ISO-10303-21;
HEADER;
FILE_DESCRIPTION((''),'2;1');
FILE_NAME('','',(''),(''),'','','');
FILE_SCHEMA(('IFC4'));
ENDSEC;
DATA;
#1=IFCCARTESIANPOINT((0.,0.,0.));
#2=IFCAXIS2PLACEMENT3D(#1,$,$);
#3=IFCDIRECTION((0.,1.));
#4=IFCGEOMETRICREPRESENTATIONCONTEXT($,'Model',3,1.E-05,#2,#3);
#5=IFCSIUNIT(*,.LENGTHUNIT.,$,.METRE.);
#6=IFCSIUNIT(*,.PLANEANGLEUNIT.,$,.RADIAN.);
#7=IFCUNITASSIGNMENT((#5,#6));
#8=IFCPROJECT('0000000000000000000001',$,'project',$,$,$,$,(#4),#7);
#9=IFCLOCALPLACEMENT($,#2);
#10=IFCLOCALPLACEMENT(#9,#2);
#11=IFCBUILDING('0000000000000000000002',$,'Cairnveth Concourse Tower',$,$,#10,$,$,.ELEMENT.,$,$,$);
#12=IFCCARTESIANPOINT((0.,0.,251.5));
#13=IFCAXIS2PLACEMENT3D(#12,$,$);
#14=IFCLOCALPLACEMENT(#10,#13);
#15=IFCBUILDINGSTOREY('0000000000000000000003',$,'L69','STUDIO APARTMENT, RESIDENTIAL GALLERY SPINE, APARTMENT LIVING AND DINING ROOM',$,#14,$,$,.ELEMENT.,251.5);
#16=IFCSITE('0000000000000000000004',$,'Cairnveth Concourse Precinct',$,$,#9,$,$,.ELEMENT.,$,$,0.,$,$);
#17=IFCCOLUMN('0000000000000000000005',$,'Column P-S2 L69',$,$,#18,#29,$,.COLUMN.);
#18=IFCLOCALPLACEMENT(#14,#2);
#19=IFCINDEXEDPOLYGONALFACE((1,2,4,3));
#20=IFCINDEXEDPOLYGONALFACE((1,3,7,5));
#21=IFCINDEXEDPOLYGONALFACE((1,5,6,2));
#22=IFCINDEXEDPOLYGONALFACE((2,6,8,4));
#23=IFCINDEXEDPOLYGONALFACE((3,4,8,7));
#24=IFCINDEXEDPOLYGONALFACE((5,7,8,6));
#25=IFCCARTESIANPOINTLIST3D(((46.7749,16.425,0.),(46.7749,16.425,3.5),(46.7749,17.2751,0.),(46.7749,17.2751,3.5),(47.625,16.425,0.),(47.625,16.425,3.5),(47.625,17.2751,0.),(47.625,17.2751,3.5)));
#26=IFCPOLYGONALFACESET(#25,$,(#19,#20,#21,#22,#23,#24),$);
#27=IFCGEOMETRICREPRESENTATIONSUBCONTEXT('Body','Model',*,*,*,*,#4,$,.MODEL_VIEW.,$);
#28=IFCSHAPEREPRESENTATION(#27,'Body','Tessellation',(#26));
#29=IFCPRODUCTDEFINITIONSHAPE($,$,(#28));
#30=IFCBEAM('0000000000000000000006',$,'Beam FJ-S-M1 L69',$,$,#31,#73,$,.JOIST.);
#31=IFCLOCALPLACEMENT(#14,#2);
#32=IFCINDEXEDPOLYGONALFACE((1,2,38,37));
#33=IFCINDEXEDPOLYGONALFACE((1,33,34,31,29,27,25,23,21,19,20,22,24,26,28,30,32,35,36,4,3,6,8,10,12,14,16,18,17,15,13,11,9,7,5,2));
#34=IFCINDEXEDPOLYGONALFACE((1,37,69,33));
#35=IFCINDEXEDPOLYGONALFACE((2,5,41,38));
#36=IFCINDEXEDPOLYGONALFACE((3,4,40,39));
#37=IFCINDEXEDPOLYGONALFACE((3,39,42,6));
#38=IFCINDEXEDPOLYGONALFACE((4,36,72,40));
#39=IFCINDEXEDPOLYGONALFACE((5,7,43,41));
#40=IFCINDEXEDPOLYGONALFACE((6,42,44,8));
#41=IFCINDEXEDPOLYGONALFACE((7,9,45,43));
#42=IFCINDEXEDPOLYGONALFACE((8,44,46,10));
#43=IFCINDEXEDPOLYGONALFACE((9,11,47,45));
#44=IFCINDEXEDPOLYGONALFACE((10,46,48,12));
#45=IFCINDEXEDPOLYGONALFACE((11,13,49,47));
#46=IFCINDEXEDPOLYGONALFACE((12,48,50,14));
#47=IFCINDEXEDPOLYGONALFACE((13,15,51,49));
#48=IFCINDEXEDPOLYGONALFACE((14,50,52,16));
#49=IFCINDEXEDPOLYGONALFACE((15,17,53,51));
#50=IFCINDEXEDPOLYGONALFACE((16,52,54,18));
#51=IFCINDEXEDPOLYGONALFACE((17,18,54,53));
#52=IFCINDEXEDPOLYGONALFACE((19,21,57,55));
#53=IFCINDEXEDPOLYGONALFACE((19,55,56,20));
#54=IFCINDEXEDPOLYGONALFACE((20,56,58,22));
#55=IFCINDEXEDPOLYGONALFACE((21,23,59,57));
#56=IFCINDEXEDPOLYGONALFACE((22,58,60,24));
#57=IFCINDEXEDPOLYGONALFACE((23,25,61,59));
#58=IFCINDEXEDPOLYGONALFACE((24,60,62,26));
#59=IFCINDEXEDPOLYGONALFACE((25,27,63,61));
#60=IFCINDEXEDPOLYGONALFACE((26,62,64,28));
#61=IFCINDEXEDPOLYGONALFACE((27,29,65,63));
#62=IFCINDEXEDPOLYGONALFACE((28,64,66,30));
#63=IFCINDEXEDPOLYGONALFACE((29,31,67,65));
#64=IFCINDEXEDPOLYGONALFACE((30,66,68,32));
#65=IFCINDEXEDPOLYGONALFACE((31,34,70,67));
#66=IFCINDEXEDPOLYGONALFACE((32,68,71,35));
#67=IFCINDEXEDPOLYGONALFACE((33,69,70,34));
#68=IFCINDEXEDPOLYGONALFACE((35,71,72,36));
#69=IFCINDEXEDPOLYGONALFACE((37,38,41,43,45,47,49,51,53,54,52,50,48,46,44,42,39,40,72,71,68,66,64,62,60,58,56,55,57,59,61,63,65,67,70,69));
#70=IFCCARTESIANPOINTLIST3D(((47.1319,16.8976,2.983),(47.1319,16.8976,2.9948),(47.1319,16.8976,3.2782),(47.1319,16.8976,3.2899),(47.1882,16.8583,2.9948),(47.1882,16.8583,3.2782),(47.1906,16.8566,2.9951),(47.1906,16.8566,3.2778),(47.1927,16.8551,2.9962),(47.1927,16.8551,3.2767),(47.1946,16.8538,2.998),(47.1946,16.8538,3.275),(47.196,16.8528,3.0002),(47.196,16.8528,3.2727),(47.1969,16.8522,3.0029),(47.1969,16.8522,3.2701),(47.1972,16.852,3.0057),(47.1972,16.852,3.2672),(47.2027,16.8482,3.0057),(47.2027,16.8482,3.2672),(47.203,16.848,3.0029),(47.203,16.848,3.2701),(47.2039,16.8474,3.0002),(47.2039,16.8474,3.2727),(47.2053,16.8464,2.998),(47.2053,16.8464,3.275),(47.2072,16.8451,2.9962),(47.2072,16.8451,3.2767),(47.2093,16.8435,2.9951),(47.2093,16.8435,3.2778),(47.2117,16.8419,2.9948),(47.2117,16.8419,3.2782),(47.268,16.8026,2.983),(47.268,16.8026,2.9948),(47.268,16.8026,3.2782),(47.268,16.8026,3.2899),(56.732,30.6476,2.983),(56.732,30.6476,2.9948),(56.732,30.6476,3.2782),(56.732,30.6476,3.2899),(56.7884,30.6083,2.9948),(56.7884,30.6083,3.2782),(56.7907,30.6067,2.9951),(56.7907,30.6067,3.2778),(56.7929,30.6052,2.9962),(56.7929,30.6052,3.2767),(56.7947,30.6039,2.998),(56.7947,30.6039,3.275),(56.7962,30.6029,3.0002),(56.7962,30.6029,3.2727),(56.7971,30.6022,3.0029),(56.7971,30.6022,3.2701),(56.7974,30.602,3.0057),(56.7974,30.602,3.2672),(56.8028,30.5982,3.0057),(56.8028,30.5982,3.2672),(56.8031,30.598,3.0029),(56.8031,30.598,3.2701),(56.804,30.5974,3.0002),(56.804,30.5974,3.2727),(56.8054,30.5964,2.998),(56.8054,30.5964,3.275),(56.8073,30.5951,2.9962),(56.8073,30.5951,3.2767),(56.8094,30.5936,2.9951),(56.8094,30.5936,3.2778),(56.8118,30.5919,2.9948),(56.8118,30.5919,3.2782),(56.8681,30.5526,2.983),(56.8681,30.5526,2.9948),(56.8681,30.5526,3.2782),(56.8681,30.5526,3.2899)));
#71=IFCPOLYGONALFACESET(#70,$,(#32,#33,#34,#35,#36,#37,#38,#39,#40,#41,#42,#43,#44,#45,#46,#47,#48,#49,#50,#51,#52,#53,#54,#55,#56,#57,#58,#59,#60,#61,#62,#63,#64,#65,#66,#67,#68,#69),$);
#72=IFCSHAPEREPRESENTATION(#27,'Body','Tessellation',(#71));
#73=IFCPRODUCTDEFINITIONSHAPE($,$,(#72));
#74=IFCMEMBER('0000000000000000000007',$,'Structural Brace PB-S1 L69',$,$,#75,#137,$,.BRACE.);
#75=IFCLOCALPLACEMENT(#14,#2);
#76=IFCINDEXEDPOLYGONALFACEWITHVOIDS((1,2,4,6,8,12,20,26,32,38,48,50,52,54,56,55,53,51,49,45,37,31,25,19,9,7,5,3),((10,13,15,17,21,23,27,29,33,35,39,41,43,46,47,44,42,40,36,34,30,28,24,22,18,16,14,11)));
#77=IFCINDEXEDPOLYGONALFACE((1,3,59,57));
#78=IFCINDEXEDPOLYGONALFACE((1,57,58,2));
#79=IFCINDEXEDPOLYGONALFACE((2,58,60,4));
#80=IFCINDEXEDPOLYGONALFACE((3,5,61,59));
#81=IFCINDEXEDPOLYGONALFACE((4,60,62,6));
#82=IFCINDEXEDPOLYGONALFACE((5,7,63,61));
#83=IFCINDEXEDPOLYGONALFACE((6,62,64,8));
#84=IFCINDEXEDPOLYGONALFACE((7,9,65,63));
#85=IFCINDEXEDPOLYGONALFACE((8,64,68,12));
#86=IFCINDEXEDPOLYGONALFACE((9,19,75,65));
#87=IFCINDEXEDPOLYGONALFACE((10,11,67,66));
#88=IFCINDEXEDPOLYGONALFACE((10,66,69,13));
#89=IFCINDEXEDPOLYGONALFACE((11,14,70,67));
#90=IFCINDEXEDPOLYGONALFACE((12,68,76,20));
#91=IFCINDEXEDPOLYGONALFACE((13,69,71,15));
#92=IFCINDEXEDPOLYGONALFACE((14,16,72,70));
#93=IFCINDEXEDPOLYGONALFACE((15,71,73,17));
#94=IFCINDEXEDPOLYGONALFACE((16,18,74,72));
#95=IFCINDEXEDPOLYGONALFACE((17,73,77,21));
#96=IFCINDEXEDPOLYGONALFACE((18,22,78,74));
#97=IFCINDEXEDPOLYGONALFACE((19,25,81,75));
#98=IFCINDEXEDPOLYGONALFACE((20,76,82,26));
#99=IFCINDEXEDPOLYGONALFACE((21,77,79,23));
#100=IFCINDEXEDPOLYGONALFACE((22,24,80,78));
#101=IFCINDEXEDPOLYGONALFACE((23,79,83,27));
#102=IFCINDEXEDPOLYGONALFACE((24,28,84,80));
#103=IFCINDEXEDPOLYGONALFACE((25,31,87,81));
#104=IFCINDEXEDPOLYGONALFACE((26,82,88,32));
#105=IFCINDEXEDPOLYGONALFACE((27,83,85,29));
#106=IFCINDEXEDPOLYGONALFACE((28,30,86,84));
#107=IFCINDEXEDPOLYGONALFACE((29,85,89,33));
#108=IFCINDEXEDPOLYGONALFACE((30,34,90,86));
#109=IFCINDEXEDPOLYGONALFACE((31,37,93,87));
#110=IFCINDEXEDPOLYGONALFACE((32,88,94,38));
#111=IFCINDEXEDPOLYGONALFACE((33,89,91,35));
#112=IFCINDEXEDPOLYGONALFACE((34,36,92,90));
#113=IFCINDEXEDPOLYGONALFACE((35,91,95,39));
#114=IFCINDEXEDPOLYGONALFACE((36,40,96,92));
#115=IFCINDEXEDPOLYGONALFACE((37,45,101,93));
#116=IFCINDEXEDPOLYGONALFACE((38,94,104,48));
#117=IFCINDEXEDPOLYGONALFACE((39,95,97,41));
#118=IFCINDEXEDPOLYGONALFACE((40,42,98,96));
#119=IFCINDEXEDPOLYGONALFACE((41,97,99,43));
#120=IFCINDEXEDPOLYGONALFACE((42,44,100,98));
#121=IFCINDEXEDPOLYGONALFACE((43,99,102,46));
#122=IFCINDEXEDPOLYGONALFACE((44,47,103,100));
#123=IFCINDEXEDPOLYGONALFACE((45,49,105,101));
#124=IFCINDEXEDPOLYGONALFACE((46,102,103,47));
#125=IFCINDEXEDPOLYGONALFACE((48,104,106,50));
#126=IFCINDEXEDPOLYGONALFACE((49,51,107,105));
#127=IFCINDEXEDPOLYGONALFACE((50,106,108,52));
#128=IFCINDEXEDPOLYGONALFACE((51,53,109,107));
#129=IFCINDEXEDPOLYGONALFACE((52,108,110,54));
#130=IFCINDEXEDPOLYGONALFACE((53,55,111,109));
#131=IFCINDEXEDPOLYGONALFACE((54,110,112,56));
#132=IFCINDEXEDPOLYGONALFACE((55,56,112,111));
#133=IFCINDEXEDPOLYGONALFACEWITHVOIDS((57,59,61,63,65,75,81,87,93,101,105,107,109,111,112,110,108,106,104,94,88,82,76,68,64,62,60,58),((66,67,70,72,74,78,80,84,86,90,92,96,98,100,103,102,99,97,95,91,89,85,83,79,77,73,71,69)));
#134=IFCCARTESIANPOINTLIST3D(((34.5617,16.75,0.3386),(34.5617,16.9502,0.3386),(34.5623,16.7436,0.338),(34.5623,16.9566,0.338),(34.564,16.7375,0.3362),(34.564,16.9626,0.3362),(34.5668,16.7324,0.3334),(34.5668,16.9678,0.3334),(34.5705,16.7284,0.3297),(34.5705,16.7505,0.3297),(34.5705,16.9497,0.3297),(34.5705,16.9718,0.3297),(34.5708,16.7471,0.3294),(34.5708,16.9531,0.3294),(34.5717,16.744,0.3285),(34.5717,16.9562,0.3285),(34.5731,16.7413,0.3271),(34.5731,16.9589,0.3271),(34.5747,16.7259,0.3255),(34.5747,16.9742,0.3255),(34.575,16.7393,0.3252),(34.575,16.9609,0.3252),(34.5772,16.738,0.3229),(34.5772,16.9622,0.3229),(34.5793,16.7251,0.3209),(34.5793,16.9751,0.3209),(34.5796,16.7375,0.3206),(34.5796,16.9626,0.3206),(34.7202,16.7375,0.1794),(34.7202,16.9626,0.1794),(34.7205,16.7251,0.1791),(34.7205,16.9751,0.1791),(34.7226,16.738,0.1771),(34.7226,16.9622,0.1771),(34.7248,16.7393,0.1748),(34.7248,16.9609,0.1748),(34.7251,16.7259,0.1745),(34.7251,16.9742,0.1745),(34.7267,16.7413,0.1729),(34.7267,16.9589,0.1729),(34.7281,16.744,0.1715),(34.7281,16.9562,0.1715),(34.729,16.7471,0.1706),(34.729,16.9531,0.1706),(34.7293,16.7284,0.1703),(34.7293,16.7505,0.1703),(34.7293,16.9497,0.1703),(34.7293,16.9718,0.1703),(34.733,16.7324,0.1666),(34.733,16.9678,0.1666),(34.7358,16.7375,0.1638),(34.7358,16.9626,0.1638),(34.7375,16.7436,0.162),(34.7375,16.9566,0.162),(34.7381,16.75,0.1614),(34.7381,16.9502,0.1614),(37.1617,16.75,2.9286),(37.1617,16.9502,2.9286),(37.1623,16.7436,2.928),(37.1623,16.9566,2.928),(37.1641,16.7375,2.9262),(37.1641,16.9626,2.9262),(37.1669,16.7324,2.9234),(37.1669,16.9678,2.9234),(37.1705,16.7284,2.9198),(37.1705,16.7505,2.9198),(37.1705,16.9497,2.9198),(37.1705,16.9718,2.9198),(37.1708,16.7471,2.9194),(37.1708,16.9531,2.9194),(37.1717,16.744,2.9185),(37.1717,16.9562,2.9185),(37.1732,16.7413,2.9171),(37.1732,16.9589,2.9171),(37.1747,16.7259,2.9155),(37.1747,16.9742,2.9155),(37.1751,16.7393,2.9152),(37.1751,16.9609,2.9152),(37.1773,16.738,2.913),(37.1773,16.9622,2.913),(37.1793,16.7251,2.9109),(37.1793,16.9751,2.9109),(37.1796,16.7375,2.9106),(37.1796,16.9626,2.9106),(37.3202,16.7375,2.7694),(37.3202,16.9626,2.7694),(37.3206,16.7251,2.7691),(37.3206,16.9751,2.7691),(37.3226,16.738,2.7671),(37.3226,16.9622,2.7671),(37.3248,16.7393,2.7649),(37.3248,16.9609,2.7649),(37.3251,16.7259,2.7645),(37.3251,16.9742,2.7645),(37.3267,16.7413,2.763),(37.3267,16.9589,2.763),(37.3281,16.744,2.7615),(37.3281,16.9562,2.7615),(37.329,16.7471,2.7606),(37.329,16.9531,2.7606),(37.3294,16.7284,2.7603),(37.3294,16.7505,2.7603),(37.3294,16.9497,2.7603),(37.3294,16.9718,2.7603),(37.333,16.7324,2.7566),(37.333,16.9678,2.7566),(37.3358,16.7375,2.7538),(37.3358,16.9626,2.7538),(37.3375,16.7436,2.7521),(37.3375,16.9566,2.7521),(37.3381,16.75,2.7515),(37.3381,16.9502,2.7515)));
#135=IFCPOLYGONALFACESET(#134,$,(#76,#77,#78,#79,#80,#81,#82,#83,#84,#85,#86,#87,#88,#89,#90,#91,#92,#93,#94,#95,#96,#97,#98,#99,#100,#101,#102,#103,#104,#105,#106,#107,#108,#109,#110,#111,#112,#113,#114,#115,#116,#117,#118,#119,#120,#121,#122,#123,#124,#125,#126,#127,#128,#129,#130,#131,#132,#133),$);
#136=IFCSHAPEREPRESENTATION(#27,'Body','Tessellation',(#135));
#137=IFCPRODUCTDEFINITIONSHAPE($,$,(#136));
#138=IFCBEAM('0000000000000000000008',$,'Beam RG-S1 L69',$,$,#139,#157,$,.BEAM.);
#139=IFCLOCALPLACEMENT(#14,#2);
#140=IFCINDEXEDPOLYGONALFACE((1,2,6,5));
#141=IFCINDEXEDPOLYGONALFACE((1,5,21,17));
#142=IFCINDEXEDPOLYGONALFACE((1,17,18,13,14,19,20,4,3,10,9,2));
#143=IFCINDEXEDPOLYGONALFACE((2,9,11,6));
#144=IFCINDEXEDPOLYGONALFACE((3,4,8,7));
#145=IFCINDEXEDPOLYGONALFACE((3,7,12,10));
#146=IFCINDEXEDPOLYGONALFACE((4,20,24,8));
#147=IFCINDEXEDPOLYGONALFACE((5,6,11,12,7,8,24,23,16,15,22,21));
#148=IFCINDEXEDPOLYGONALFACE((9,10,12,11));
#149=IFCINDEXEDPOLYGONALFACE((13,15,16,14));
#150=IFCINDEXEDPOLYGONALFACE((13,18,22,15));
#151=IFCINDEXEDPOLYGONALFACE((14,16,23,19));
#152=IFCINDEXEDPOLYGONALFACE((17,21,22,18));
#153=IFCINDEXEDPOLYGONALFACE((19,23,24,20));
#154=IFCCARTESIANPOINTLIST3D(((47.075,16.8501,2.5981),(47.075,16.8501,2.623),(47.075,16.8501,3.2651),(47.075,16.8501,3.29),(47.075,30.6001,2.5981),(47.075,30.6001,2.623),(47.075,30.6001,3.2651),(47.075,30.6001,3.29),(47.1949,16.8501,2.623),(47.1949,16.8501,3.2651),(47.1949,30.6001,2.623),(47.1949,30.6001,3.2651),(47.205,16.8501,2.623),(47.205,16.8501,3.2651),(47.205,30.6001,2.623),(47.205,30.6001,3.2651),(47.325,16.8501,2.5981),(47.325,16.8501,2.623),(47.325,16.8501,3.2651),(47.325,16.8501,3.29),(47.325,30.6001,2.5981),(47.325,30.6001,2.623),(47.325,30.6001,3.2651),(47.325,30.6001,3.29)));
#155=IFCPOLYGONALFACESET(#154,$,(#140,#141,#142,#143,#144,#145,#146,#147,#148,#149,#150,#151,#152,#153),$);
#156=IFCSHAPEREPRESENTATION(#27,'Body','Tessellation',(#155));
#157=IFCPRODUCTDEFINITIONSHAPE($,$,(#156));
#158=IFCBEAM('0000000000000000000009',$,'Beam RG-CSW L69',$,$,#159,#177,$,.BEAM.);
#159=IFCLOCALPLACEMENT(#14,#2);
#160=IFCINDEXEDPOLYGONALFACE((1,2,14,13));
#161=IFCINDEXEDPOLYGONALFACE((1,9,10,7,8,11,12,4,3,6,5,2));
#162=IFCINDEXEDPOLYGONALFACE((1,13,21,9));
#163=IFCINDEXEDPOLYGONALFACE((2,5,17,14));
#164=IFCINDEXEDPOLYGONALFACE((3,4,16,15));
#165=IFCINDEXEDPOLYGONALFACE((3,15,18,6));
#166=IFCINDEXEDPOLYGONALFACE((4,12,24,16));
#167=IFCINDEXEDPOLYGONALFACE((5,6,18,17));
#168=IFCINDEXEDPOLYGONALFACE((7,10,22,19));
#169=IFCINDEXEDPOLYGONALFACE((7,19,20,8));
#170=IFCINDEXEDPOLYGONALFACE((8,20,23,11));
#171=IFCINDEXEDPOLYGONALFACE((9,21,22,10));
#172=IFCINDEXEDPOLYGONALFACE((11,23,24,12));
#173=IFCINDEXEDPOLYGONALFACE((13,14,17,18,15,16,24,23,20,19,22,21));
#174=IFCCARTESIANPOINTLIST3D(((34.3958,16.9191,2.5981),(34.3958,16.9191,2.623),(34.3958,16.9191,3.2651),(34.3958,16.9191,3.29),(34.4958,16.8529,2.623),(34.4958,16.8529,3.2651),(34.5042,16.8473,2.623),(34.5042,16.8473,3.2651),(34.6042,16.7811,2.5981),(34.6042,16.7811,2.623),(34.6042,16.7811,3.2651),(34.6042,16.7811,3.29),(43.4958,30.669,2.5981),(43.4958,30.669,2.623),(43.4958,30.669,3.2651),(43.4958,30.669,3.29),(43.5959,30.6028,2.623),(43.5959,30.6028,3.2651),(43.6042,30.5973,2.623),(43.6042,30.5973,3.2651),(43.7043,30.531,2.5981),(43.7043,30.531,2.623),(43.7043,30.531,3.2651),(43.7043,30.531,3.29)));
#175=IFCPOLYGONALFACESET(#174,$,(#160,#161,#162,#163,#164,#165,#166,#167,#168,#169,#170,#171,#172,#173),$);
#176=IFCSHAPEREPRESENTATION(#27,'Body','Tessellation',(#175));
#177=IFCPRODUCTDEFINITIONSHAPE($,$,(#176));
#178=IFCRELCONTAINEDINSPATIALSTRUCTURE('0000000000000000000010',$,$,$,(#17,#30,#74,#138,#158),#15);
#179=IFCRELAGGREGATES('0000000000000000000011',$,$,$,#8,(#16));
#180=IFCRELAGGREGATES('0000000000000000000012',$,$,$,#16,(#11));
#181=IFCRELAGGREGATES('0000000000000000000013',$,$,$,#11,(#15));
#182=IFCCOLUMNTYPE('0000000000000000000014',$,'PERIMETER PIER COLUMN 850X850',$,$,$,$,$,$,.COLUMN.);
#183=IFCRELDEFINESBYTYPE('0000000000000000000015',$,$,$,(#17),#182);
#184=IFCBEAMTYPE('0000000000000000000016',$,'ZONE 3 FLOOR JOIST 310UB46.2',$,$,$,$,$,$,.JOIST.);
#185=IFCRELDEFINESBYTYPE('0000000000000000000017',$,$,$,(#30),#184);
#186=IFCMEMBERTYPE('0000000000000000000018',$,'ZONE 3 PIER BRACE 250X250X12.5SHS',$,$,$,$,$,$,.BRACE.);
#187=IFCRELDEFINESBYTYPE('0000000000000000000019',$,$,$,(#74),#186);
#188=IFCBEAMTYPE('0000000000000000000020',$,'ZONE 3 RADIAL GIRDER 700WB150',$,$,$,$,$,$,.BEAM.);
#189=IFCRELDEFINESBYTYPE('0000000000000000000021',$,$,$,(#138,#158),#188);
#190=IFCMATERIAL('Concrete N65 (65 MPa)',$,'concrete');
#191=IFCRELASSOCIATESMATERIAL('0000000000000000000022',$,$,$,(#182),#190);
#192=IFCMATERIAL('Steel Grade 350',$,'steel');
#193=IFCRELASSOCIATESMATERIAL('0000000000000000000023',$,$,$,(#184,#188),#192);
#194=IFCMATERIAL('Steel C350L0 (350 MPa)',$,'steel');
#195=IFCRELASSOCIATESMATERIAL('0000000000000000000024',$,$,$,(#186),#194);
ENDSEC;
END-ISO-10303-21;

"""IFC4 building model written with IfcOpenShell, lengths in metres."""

from ifc_helpers import new_model, si_unit, direction, frame, origin, origin_2d, place, context, subcontext, project, spatial, rectangle, hollow_rectangle, i_section, extrude, material, material_profile, profile_set, type_object, element, save


model = new_model("IFC4")

# Units and contexts
model_context = context("Model", 3, precision=1e-05, world=origin(), true_north=direction((0.0, 1.0)))
body_context = subcontext(model_context, "Body", "Model", "MODEL_VIEW")
ifc_project = project(units=[si_unit("LENGTHUNIT", "METRE"), si_unit("PLANEANGLEUNIT", "RADIAN")], contexts=[model_context])

# Site, building, storey
site_placement = place(None, origin())
site = spatial("IfcSite", under=ifc_project, at=site_placement, Name="Cairnveth Concourse Precinct", CompositionType="ELEMENT", RefElevation=0.0)
building_placement = place(site_placement, origin())
building = spatial("IfcBuilding", under=site, at=building_placement, Name="Cairnveth Concourse Tower", CompositionType="ELEMENT")
storey_placement = place(building_placement, frame((0.0, 0.0, 251.5)))
storey = spatial("IfcBuildingStorey", under=building, at=storey_placement, Name="L69", Description="STUDIO APARTMENT, RESIDENTIAL GALLERY SPINE, APARTMENT LIVING AND DINING ROOM", CompositionType="ELEMENT", Elevation=251.5)

# Column
ifc_material_1 = material(Name="Concrete N65 (65 MPa)", Category="concrete")
ifc_material_profile_1 = material_profile(ifc_material_1, rectangle(XDim=0.8501, YDim=0.8501, at=origin_2d()), Name="RC-COL-850x850")
ifc_profile_set_1 = profile_set([ifc_material_profile_1], Name="Concrete N65 (65 MPa)")
column_type = type_object("IfcColumnType", Name="PERIMETER PIER COLUMN 850X850", PredefinedType="COLUMN", material=ifc_profile_set_1)
column_placement = place(storey_placement, frame((47.2, 16.8501, 0.0), z_axis=(0.0, 0.0, 1.0), x_axis=(1.0, 0.0, 0.0)))
element("IfcColumn", 1, at=column_placement, inside=storey, type_object=column_type, Name="Column P-S2 L69", PredefinedType="COLUMN", context=body_context, shape_type="SweptSolid", body=[
    extrude(rectangle(XDim=0.8501, YDim=0.8501, at=origin_2d()), origin(), (0.0, 0.0, 1.0), 3.5),
])

# Beam
ifc_material_2 = material(Name="Steel Grade 350", Category="steel")
ifc_material_profile_2 = material_profile(ifc_material_2, i_section(OverallWidth=0.166, OverallDepth=0.3069, WebThickness=0.0066, FlangeThickness=0.0117, FilletRadius=0.011, at=origin_2d()), Name="310UB46.2")
ifc_profile_set_2 = profile_set([ifc_material_profile_2], Name="Steel Grade 350")
beam_type_1 = type_object("IfcBeamType", Name="ZONE 3 FLOOR JOIST 310UB46.2", PredefinedType="JOIST", material=ifc_profile_set_2)
beam_1_placement = place(storey_placement, frame((47.2, 16.8501, 3.1365), z_axis=(0.572465, 0.819929, 0.0), x_axis=(-0.819929, 0.572465, 0.0)))
element("IfcBeam", 2, at=beam_1_placement, inside=storey, type_object=beam_type_1, Name="Beam FJ-S-M1 L69", PredefinedType="JOIST", context=body_context, shape_type="SweptSolid", body=[
    extrude(i_section(OverallWidth=0.166, OverallDepth=0.3069, WebThickness=0.0066, FlangeThickness=0.0117, FilletRadius=0.011, at=origin_2d()), origin(), (0.0, 0.0, 1.0), 16.7698),
])

# Member
ifc_material_3 = material(Name="Steel C350L0 (350 MPa)", Category="steel")
ifc_material_profile_3 = material_profile(ifc_material_3, hollow_rectangle(XDim=0.25, YDim=0.25, WallThickness=0.0125, InnerFilletRadius=0.0129, OuterFilletRadius=0.0249, at=origin_2d()), Name="250x250x12.5SHS")
ifc_profile_set_3 = profile_set([ifc_material_profile_3], Name="Steel C350L0 (350 MPa)")
member_type = type_object("IfcMemberType", Name="ZONE 3 PIER BRACE 250X250X12.5SHS", PredefinedType="BRACE", material=ifc_profile_set_3)
member_placement = place(storey_placement, frame((34.6499, 16.8501, 0.25), z_axis=(0.708469, 0.0, 0.705742), x_axis=(0.0, 1.0, 0.0)))
element("IfcMember", 3, at=member_placement, inside=storey, type_object=member_type, Name="Structural Brace PB-S1 L69", PredefinedType="BRACE", context=body_context, shape_type="SweptSolid", body=[
    extrude(hollow_rectangle(XDim=0.25, YDim=0.25, WallThickness=0.0125, InnerFilletRadius=0.0129, OuterFilletRadius=0.0249, at=origin_2d()), origin(), (0.0, 0.0, 1.0), 3.6699),
])

# Beams
ifc_material_profile_4 = material_profile(ifc_material_2, i_section(OverallWidth=0.25, OverallDepth=0.6919, WebThickness=0.01, FlangeThickness=0.0249, at=origin_2d()), Name="700WB150")
ifc_profile_set_4 = profile_set([ifc_material_profile_4], Name="Steel Grade 350")
beam_type_2 = type_object("IfcBeamType", Name="ZONE 3 RADIAL GIRDER 700WB150", PredefinedType="BEAM", material=ifc_profile_set_4)
beam_2_placement = place(storey_placement, frame((47.2, 16.8501, 2.9441), z_axis=(0.0, 1.0, 0.0), x_axis=(-1.0, 0.0, 0.0)))
element("IfcBeam", 4, at=beam_2_placement, inside=storey, type_object=beam_type_2, Name="Beam RG-S1 L69", PredefinedType="BEAM", context=body_context, shape_type="SweptSolid", body=[
    extrude(i_section(OverallWidth=0.25, OverallDepth=0.6919, WebThickness=0.01, FlangeThickness=0.0249, at=origin_2d()), origin(), (0.0, 0.0, 1.0), 13.75),
])
beam_3_placement = place(storey_placement, frame((34.5, 16.8501, 2.9441), z_axis=(0.551902, 0.833909, 0.0), x_axis=(-0.833909, 0.551902, 0.0)))
element("IfcBeam", 5, at=beam_3_placement, inside=storey, type_object=beam_type_2, Name="Beam RG-CSW L69", PredefinedType="BEAM", context=body_context, shape_type="SweptSolid", body=[
    extrude(i_section(OverallWidth=0.25, OverallDepth=0.6919, WebThickness=0.01, FlangeThickness=0.0249, at=origin_2d()), origin(), (0.0, 0.0, 1.0), 16.4885),
])

save(model, "model.ifc")
